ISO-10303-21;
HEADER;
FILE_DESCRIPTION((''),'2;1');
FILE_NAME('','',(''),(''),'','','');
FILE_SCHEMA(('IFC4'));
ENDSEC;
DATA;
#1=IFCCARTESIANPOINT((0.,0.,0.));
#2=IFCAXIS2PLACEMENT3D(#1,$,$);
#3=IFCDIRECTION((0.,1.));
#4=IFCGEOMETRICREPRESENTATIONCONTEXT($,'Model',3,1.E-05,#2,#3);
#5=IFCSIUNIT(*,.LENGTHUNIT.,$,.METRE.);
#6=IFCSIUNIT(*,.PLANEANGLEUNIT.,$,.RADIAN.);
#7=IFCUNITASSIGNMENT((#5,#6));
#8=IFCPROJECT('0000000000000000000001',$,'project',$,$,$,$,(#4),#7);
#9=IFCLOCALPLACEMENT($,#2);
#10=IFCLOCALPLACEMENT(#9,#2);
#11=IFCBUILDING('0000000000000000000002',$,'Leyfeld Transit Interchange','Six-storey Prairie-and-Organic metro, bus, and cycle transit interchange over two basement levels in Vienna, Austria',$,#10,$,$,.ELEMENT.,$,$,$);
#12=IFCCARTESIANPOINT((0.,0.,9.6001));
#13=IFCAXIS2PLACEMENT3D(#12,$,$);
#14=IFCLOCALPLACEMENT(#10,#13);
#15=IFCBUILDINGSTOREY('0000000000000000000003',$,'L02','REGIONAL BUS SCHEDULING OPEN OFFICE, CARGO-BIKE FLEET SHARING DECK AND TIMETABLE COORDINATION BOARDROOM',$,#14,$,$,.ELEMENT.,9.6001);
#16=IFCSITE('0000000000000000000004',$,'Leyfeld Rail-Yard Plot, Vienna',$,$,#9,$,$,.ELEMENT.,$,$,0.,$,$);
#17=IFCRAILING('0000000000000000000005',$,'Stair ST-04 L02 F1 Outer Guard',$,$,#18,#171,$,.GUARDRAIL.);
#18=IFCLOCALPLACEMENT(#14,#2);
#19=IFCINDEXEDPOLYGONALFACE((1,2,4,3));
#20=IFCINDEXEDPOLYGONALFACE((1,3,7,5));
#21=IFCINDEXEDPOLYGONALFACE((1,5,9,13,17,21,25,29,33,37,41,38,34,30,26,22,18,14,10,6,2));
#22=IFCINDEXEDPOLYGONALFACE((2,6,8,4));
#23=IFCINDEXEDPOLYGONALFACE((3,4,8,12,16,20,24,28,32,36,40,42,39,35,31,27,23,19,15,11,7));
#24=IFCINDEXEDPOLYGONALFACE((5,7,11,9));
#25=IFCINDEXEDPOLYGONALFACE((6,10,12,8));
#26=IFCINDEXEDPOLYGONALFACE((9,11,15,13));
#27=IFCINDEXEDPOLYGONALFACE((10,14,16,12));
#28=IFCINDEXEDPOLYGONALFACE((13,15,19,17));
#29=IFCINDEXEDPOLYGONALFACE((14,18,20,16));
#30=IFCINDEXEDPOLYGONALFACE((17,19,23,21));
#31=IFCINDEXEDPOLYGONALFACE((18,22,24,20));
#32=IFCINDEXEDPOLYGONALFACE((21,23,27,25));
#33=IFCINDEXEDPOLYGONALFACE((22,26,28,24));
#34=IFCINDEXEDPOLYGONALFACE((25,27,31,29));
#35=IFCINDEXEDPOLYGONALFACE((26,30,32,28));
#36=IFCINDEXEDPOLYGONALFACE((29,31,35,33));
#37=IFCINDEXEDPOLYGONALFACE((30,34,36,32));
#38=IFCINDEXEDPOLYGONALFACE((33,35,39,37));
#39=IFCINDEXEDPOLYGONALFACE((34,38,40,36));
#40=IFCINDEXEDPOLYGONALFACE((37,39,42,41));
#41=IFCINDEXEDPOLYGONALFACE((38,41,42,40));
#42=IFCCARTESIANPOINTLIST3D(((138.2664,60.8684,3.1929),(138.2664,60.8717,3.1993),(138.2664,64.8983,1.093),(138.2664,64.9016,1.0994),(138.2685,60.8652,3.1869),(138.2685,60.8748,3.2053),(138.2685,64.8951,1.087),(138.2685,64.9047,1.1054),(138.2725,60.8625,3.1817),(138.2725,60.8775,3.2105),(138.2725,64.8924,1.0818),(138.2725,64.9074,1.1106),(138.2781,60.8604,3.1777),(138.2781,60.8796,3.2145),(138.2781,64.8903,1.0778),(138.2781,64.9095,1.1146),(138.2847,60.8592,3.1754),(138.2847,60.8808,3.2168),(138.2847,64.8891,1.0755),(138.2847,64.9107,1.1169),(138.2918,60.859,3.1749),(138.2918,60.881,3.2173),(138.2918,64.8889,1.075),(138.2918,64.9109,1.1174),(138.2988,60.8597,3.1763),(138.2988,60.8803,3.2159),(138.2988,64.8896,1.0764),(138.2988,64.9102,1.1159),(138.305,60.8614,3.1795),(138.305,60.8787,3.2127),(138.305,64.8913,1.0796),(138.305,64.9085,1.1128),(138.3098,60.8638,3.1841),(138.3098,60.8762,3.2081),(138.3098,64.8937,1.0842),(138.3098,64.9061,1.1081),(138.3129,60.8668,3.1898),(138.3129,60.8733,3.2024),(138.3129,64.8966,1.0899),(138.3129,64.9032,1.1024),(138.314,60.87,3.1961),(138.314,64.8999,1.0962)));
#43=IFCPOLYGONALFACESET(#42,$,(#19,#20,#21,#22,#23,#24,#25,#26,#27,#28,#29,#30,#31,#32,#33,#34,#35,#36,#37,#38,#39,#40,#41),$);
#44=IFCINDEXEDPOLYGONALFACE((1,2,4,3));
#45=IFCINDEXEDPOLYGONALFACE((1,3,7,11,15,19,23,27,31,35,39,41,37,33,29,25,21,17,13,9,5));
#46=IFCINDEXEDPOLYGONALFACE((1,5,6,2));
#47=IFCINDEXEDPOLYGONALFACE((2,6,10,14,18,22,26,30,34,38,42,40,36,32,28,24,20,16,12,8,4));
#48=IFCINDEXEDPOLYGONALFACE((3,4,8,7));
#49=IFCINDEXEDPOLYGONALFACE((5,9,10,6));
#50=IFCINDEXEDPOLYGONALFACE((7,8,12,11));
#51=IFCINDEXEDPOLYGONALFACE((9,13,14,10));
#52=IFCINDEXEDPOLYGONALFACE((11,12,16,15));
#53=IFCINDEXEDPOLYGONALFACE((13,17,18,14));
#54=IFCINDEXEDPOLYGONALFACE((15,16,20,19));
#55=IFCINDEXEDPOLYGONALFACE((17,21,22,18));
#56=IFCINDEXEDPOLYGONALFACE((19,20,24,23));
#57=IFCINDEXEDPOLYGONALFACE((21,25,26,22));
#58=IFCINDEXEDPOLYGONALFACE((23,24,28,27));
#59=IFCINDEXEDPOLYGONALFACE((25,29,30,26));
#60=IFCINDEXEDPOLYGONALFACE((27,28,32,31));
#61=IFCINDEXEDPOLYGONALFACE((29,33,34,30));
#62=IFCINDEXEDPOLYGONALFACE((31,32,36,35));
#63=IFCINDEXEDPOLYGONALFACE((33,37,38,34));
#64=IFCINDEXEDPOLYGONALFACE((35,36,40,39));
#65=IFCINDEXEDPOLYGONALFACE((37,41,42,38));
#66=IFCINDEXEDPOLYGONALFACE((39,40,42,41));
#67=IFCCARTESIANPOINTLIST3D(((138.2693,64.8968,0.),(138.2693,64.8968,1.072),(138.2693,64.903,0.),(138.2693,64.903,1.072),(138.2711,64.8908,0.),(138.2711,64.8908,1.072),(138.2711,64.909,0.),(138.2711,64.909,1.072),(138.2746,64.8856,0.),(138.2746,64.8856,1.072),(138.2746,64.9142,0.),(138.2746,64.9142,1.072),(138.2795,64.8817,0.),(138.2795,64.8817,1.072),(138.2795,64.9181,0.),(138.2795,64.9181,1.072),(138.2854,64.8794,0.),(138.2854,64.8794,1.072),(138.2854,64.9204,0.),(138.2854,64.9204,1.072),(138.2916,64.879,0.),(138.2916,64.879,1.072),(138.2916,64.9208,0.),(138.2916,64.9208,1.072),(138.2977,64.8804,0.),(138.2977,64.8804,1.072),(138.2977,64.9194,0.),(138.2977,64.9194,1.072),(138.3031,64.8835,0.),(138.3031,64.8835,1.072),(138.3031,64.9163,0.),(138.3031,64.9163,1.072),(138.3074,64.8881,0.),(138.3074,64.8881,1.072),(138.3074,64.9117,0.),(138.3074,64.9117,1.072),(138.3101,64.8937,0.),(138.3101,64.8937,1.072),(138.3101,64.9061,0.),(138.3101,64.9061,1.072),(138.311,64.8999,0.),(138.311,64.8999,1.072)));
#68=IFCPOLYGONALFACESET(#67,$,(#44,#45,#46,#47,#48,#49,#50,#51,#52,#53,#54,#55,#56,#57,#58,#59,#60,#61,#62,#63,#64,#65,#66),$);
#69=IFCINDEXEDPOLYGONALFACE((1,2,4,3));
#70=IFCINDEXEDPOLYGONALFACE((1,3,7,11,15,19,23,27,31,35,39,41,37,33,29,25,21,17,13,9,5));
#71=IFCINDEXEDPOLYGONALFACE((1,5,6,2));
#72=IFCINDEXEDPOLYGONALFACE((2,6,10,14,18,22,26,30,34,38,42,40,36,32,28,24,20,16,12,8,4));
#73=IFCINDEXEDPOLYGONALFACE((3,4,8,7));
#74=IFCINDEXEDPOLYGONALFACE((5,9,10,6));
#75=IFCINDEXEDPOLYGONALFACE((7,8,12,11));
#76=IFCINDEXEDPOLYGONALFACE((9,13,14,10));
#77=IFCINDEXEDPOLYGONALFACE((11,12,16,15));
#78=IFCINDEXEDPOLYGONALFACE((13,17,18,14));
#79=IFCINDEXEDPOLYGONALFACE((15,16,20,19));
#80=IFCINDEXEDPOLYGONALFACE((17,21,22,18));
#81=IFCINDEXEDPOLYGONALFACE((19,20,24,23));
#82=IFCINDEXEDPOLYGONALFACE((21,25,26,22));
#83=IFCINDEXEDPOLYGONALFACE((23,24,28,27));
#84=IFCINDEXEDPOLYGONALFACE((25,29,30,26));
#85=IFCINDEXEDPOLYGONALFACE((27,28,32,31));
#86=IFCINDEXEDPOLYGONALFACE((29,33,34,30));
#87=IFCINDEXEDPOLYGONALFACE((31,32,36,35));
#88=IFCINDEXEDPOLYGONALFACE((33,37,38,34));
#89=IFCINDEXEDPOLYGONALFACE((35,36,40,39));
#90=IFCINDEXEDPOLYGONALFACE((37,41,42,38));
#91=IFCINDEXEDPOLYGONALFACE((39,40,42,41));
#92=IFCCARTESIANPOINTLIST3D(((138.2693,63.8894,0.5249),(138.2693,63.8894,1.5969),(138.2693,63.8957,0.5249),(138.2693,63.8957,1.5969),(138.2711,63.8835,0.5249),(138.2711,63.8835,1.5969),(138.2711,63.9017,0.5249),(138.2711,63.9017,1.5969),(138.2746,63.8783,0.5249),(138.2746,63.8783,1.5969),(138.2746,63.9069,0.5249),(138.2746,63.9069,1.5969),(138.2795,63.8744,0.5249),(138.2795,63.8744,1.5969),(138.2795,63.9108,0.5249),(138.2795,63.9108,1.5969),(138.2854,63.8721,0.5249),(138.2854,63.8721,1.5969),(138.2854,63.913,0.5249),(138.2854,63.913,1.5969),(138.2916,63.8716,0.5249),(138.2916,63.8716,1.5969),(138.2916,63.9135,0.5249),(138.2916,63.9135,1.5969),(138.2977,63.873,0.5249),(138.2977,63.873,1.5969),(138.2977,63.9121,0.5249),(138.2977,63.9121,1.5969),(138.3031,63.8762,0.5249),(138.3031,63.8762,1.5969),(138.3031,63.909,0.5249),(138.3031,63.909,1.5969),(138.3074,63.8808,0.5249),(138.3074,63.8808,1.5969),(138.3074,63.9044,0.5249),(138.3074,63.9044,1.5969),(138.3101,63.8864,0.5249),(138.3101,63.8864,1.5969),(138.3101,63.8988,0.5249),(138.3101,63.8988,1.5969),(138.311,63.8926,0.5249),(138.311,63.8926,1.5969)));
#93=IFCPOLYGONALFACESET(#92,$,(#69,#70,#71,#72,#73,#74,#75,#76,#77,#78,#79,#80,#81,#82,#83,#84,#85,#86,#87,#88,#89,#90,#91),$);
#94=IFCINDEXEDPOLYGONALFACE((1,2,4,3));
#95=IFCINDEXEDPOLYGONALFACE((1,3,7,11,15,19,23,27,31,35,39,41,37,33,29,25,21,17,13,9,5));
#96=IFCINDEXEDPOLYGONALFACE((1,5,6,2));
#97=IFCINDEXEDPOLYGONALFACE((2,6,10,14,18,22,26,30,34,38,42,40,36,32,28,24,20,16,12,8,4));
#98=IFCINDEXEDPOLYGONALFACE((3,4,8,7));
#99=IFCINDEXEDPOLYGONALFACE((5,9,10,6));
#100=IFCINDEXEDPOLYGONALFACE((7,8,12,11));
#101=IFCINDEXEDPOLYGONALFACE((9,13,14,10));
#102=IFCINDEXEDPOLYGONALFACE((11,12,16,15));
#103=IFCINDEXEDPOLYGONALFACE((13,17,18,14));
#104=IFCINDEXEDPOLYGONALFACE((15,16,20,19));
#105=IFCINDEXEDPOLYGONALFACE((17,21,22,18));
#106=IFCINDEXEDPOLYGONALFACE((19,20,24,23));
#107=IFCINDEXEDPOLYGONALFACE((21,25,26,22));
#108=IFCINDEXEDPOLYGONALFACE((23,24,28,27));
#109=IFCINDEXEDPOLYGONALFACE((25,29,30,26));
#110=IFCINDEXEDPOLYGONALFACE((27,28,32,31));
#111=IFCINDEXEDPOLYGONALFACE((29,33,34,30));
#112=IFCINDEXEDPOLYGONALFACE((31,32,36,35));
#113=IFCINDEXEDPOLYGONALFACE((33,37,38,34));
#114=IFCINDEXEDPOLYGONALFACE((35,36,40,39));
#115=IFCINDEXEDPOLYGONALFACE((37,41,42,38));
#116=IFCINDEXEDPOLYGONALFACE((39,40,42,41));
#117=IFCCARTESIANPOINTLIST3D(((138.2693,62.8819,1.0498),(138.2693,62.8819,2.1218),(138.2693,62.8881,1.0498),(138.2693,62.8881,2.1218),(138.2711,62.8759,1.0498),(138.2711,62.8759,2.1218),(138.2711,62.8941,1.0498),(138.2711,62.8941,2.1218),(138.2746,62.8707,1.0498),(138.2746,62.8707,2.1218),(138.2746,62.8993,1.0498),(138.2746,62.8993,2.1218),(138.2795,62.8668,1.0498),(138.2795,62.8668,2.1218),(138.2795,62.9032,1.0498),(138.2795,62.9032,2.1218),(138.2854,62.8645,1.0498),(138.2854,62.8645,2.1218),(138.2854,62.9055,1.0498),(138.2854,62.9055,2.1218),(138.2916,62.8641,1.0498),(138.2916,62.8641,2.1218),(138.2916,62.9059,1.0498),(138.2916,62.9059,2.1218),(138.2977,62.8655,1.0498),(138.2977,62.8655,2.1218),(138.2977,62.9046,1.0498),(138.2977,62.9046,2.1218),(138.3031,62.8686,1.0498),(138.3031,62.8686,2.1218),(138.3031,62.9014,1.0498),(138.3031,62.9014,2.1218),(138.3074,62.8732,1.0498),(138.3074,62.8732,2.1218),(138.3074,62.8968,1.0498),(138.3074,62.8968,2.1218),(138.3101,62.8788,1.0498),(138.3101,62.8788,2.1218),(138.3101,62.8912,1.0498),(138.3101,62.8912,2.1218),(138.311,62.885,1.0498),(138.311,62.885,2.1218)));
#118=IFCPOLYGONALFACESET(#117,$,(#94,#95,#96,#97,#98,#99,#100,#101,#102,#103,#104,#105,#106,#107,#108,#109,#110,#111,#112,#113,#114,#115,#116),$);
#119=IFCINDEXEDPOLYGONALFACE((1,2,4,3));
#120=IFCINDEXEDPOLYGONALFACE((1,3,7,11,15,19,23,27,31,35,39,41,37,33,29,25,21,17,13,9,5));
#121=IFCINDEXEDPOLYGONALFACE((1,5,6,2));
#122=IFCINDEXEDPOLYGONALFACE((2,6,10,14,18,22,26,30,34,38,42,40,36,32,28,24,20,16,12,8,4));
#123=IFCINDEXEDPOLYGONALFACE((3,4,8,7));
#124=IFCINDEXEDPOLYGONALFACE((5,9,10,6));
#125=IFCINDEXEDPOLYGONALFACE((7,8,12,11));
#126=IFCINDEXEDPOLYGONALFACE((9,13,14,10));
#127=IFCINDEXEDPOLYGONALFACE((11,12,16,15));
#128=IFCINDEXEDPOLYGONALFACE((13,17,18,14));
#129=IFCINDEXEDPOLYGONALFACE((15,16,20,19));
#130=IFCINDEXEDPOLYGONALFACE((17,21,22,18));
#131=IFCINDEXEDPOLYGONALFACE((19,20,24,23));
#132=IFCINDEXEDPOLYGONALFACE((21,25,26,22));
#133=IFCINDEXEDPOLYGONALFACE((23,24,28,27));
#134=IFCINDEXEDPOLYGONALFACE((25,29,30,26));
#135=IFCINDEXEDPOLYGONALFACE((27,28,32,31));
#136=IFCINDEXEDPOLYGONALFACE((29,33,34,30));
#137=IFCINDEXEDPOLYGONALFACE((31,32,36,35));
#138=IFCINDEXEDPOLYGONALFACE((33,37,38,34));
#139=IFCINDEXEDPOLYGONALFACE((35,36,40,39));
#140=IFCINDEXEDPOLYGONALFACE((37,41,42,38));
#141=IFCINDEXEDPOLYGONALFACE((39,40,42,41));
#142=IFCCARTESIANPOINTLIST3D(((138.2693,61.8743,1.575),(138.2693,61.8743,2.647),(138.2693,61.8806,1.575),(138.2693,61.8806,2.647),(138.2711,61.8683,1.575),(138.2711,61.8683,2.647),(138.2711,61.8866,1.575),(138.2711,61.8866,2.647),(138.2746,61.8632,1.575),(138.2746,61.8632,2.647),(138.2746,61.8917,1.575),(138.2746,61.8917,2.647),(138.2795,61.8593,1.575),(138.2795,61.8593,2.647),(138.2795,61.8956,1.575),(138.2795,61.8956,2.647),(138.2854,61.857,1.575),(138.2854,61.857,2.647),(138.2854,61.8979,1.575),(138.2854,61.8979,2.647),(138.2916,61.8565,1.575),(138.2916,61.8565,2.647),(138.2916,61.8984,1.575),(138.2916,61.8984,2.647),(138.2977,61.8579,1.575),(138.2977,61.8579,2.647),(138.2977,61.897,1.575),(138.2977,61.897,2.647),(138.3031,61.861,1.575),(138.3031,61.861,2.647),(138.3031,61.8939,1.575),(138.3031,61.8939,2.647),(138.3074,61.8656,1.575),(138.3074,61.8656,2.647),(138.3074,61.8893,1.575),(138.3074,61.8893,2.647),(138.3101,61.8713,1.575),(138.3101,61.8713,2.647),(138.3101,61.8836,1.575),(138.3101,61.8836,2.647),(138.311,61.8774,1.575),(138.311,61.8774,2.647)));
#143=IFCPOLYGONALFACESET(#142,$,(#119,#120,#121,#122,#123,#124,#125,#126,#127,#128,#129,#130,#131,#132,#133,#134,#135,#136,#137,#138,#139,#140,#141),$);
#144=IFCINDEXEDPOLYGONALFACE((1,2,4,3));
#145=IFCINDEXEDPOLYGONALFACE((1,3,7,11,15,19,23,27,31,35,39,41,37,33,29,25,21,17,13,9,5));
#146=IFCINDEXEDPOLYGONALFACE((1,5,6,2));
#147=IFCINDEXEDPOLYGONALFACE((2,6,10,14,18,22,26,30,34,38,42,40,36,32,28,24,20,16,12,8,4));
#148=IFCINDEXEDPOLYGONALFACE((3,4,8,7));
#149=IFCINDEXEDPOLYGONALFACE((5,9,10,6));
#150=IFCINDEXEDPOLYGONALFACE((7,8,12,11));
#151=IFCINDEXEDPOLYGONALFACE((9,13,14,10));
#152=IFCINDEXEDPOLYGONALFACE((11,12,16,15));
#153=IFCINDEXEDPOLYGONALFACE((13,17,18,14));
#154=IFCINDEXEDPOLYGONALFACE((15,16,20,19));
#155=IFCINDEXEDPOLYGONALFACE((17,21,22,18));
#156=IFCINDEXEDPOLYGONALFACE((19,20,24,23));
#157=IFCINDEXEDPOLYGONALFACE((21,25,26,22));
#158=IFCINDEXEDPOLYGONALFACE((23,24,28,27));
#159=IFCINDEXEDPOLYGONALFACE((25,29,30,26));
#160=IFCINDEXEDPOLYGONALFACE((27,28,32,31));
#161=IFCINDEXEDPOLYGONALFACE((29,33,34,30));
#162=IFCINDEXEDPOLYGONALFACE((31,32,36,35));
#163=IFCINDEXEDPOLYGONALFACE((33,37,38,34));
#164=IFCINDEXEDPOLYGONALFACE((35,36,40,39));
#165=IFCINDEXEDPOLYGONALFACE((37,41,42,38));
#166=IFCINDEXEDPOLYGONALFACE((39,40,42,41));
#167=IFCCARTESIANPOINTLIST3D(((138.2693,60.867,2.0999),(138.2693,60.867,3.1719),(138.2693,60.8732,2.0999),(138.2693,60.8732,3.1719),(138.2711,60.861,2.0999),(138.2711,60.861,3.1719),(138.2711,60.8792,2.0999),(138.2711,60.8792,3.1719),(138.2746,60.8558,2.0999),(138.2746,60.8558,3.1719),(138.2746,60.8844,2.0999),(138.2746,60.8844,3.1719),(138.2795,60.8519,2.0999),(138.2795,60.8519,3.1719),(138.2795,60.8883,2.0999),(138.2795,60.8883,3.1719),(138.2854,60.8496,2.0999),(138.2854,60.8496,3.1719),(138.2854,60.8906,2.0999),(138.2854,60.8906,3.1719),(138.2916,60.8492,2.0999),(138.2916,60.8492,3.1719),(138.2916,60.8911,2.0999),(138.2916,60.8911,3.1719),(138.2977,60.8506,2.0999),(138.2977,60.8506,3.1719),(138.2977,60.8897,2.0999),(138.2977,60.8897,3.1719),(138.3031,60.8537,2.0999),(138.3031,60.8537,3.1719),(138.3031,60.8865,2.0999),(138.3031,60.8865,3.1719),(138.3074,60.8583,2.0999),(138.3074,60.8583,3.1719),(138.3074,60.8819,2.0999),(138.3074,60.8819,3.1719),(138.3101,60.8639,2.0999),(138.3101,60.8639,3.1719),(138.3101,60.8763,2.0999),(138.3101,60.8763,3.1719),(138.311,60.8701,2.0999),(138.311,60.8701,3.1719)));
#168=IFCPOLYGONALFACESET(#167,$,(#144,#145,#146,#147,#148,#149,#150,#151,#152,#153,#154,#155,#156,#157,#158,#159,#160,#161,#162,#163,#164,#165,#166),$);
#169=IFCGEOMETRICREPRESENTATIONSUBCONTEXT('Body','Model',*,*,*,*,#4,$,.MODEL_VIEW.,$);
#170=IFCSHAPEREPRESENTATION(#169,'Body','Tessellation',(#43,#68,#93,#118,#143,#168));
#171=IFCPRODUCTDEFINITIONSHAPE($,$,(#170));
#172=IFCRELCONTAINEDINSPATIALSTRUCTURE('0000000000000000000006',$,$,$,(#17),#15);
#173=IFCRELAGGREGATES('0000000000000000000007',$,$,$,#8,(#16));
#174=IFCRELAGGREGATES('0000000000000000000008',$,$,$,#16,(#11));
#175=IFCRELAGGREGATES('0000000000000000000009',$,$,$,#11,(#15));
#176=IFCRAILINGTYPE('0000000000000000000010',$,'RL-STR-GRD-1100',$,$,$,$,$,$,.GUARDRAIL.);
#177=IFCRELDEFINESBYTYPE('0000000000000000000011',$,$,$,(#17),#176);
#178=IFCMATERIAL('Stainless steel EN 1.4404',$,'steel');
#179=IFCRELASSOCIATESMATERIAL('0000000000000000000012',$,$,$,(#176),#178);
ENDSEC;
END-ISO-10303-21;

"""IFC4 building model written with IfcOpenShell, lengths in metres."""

from ifc_helpers import new_model, si_unit, direction, frame, origin, origin_2d, place, context, subcontext, project, spatial, circle, extrude, material, type_object, element, save


model = new_model("IFC4")

# Units and contexts
model_context = context("Model", 3, precision=1e-05, world=origin(), true_north=direction((0.0, 1.0)))
body_context = subcontext(model_context, "Body", "Model", "MODEL_VIEW")
ifc_project = project(units=[si_unit("LENGTHUNIT", "METRE"), si_unit("PLANEANGLEUNIT", "RADIAN")], contexts=[model_context])

# Site, building, storey
site_placement = place(None, origin())
site = spatial("IfcSite", under=ifc_project, at=site_placement, Name="Leyfeld Rail-Yard Plot, Vienna", CompositionType="ELEMENT", RefElevation=0.0)
building_placement = place(site_placement, origin())
building = spatial("IfcBuilding", under=site, at=building_placement, Name="Leyfeld Transit Interchange", Description="Six-storey Prairie-and-Organic metro, bus, and cycle transit interchange over two basement levels in Vienna, Austria", CompositionType="ELEMENT")
storey_placement = place(building_placement, frame((0.0, 0.0, 9.6001)))
storey = spatial("IfcBuildingStorey", under=building, at=storey_placement, Name="L02", Description="REGIONAL BUS SCHEDULING OPEN OFFICE, CARGO-BIKE FLEET SHARING DECK AND TIMETABLE COORDINATION BOARDROOM", CompositionType="ELEMENT", Elevation=9.6001)

# Railing
ifc_material_1 = material(Name="Stainless steel EN 1.4404", Category="steel")
railing_type_1 = type_object("IfcRailingType", Name="RL-STR-GRD-1100", PredefinedType="GUARDRAIL", material=ifc_material_1)
for number, where, name in (
    (1, (138.29, 64.8999, 0.0), "Stair ST-04 L02 F1 Outer Guard"),
):
    element("IfcRailing", number, at=place(storey_placement, frame(where)), inside=storey, type_object=railing_type_1, Name=name, PredefinedType="GUARDRAIL", context=body_context, shape_type="SweptSolid", body=[
        extrude(circle(Radius=0.0239, at=origin_2d()), frame((0.0, 0.0, 1.0962), z_axis=(0.0, -0.886823, 0.462109), x_axis=(1.0, 0.0, 0.0)), (0.0, 0.0, 1.0), 4.5442),
        extrude(circle(Radius=0.021, at=origin_2d()), origin(), (0.0, 0.0, 1.0), 1.072),
        extrude(circle(Radius=0.021, at=origin_2d()), frame((0.0, -1.0073, 0.5249)), (0.0, 0.0, 1.0), 1.072),
        extrude(circle(Radius=0.021, at=origin_2d()), frame((0.0, -2.0149, 1.0498)), (0.0, 0.0, 1.0), 1.072),
        extrude(circle(Radius=0.021, at=origin_2d()), frame((0.0, -3.0225, 1.575)), (0.0, 0.0, 1.0), 1.072),
        extrude(circle(Radius=0.021, at=origin_2d()), frame((0.0, -4.0298, 2.0999)), (0.0, 0.0, 1.0), 1.072),
    ])

save(model, "model.ifc")
